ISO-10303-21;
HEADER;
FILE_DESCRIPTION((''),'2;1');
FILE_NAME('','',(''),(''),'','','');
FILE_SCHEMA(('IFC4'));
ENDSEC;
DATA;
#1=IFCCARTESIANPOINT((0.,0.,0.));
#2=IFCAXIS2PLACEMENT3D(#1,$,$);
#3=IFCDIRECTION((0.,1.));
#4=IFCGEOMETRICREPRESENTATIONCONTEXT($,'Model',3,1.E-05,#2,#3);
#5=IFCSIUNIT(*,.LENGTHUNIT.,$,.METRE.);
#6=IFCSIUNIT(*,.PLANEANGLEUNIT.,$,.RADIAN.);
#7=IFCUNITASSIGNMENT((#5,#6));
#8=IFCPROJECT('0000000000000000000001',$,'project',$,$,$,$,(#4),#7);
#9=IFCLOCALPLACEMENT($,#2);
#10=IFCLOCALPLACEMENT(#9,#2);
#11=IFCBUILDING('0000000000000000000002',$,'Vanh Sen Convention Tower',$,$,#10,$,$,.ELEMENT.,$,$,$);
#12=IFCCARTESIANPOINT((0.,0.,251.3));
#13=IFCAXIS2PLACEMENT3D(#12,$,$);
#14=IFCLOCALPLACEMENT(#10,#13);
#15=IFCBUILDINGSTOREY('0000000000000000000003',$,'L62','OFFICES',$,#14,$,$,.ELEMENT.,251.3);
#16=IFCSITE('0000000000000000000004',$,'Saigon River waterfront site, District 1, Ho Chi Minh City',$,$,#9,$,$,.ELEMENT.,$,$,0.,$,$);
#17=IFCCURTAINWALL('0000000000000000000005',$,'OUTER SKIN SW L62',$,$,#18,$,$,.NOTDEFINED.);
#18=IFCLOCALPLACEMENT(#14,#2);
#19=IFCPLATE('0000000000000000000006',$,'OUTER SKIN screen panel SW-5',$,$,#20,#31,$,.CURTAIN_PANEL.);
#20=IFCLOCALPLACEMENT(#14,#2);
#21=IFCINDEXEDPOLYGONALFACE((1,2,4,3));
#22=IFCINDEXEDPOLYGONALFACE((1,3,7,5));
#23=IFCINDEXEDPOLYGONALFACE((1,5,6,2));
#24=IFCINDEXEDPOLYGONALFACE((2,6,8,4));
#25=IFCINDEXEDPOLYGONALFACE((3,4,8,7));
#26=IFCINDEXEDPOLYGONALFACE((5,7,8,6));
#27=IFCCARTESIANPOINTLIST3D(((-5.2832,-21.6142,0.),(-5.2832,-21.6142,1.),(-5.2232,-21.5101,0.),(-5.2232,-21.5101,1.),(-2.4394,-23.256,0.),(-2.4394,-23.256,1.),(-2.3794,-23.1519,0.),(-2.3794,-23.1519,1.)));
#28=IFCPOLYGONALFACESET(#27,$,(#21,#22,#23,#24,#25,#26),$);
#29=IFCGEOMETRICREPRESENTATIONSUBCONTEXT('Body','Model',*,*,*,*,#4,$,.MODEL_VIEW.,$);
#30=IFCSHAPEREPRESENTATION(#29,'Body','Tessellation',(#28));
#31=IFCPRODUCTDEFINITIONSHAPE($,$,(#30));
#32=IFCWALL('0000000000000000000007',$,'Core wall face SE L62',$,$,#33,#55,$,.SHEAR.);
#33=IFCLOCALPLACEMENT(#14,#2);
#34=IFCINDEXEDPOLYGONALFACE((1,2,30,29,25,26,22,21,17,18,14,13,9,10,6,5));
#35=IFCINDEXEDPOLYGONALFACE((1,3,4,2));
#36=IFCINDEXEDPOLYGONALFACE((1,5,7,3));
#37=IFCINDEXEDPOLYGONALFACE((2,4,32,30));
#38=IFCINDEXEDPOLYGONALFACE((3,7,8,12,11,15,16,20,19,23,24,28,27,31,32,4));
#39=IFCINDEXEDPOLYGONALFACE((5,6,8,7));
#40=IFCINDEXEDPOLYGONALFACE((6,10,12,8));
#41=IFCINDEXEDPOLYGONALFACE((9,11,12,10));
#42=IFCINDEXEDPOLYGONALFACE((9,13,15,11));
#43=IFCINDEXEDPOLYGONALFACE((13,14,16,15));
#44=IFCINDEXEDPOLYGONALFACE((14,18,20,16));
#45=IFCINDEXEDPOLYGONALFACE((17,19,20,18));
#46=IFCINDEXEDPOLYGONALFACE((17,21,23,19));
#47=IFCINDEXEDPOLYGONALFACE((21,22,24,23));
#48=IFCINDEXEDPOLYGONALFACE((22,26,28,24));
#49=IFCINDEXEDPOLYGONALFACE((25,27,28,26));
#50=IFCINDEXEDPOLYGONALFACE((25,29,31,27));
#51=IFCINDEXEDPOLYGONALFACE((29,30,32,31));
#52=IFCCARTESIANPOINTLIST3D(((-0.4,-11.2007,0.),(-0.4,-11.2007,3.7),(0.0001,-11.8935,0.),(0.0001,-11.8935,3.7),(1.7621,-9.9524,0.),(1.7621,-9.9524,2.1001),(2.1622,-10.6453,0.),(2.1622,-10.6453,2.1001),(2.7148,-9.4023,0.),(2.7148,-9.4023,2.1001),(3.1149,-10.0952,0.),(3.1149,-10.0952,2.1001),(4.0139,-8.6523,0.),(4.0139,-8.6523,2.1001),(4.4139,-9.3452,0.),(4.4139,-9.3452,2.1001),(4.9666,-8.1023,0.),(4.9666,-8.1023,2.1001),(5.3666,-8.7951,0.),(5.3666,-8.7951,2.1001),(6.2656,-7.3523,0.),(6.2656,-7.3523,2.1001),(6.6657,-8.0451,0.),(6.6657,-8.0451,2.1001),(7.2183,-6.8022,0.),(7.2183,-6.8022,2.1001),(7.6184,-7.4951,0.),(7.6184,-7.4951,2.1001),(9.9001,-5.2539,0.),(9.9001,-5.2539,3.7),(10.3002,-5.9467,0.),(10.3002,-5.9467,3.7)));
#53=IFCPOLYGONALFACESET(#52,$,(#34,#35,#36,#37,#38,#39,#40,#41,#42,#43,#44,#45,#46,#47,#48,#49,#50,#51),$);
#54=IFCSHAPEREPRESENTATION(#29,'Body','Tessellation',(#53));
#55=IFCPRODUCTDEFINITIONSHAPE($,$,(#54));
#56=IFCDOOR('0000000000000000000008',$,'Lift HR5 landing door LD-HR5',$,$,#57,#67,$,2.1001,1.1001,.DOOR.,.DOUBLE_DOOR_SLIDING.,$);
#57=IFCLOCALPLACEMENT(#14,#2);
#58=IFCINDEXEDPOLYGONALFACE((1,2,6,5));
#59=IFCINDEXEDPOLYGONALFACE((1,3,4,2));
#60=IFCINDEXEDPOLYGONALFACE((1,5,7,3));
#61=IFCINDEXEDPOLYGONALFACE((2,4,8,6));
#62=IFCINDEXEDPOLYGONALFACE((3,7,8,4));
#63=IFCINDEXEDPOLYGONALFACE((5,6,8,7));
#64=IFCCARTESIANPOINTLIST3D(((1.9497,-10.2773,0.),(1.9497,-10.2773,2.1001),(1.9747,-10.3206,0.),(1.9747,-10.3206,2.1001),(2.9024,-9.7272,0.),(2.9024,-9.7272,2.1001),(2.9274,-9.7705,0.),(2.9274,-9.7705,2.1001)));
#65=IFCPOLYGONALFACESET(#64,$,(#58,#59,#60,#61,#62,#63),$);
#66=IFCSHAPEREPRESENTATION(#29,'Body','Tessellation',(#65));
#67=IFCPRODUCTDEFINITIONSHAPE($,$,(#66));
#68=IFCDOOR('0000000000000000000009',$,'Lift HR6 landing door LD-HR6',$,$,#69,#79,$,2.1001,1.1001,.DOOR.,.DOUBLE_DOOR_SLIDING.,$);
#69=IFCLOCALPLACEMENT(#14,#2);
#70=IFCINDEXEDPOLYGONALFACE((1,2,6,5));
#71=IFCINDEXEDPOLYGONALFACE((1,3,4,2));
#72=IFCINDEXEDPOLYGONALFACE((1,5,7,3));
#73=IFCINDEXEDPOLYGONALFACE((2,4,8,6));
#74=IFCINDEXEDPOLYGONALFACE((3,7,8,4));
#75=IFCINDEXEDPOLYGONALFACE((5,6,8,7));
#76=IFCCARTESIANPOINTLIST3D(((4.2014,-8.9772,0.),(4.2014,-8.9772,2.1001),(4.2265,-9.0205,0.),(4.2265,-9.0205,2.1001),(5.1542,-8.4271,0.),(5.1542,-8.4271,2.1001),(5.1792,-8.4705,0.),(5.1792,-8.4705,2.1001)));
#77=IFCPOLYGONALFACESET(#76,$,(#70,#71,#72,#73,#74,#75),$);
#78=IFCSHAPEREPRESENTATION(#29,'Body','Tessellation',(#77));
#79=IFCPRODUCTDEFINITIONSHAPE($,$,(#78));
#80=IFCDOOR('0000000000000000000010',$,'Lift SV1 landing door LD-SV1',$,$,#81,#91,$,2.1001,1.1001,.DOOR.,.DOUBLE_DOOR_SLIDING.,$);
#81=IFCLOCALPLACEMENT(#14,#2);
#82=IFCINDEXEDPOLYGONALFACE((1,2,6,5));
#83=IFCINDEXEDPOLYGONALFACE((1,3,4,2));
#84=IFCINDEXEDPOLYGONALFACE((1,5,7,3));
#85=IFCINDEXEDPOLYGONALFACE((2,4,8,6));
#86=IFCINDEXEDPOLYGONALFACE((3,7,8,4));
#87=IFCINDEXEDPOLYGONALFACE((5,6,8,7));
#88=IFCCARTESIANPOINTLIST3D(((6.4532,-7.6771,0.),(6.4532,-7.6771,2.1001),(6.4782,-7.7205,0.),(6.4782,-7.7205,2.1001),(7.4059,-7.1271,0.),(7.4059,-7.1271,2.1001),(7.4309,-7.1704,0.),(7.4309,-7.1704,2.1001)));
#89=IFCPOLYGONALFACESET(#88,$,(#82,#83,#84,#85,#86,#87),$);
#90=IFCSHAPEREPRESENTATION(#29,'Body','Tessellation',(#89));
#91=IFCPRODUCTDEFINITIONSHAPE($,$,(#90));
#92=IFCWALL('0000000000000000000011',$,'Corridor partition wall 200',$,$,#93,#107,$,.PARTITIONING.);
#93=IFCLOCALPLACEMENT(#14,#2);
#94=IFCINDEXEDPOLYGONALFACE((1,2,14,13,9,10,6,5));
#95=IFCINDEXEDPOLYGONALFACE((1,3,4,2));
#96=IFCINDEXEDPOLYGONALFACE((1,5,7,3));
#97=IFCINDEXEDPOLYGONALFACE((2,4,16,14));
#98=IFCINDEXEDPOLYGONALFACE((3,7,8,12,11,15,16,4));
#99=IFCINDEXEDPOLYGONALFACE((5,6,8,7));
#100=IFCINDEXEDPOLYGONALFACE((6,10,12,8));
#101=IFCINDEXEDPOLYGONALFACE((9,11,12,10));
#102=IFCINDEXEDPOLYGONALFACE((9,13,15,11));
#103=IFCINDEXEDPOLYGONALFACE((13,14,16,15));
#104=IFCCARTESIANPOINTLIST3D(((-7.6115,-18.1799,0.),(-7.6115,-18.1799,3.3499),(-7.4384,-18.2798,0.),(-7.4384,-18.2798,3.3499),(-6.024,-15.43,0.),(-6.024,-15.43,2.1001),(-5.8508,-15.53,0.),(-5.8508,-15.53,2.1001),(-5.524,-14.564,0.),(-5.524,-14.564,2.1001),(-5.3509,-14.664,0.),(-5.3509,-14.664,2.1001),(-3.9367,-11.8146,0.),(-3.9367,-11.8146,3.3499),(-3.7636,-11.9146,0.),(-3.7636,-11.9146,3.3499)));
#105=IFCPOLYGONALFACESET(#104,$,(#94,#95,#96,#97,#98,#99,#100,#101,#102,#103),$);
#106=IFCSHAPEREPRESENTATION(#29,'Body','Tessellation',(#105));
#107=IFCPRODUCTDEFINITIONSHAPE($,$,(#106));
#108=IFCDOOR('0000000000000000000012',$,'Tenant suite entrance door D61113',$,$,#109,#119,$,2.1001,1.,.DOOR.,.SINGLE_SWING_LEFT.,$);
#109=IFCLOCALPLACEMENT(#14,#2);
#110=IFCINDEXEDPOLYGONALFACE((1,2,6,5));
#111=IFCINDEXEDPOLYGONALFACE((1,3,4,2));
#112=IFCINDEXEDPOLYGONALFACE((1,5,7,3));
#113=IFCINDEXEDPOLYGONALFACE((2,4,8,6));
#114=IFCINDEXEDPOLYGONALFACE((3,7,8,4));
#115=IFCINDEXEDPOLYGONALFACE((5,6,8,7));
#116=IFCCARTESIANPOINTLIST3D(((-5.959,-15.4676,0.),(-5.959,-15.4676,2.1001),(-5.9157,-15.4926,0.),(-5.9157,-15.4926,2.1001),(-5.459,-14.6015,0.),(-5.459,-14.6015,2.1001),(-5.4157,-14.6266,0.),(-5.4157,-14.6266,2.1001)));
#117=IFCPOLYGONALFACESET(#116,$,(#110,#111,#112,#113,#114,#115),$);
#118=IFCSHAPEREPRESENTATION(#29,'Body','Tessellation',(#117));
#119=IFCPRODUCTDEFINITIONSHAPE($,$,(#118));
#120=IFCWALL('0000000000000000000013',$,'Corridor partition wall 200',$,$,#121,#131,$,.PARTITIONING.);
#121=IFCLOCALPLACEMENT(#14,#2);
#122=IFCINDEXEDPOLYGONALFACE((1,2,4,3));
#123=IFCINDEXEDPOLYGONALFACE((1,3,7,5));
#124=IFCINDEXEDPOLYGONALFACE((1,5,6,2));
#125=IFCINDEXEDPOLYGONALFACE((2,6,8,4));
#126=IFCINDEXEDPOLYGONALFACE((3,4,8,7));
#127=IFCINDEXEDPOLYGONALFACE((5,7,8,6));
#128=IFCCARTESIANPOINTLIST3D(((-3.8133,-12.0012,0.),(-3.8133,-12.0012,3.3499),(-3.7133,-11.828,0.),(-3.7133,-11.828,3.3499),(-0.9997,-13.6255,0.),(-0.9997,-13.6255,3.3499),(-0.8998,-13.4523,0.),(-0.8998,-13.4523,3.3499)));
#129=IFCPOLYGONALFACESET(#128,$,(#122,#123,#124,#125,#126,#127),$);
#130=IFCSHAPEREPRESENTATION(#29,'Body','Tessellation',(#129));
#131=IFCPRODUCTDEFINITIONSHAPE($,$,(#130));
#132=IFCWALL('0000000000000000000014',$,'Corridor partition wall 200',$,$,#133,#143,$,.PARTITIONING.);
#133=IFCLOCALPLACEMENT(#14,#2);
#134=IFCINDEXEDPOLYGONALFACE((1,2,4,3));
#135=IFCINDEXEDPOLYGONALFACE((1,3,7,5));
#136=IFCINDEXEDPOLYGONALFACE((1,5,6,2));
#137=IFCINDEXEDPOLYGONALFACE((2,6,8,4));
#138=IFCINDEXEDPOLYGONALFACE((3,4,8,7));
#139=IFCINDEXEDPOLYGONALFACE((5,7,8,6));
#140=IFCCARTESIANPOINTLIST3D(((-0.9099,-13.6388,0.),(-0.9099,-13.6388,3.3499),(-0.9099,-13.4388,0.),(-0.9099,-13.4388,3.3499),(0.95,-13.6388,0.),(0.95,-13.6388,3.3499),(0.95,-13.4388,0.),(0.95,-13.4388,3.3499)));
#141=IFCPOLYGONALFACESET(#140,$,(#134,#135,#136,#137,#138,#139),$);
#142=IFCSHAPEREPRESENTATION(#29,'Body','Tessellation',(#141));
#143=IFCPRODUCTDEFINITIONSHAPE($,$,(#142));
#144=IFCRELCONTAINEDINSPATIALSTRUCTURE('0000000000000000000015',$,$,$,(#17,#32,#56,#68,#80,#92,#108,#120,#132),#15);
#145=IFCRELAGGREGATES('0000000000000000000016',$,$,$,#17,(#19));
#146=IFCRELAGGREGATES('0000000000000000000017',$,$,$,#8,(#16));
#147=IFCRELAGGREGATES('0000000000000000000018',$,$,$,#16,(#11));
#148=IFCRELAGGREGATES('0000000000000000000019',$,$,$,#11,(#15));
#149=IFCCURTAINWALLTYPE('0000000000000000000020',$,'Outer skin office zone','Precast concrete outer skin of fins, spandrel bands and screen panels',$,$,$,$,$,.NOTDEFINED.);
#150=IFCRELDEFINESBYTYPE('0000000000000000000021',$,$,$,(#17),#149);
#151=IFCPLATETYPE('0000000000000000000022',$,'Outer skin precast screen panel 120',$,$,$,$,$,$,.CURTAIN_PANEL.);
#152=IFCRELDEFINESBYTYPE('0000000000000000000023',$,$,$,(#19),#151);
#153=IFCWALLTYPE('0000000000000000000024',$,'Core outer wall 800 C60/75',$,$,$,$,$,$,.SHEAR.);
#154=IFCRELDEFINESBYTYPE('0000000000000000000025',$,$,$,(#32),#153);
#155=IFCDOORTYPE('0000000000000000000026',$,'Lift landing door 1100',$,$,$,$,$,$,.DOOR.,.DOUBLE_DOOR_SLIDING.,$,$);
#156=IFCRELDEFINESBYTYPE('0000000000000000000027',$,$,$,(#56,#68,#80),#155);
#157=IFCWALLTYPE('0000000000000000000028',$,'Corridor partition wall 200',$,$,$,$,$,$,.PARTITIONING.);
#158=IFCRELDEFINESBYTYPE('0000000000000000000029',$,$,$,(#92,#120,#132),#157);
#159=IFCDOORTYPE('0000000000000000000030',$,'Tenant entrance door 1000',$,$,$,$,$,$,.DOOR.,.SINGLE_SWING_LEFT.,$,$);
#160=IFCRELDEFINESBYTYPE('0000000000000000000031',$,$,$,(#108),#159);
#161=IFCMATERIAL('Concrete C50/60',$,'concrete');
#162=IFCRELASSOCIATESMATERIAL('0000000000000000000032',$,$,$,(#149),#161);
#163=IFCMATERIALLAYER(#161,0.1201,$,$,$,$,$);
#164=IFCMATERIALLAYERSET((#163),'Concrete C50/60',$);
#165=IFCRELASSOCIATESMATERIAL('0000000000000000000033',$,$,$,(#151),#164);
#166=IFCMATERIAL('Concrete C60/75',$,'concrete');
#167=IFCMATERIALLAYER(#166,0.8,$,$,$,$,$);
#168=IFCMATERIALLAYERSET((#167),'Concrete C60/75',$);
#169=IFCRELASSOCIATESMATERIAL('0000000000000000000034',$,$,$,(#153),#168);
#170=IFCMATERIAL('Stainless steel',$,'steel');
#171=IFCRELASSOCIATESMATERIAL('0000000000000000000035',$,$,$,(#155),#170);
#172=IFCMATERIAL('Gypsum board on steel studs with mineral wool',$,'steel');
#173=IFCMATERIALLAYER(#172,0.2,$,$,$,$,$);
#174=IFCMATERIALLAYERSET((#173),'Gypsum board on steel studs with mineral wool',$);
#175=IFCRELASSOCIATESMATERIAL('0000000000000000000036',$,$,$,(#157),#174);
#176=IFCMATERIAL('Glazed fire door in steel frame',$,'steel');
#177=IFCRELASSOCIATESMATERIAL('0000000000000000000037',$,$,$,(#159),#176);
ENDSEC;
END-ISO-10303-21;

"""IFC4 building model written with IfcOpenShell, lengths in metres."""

from ifc_helpers import new_model, si_unit, direction, frame, frame_2d, origin, origin_2d, place, context, subcontext, project, spatial, rectangle, extrude, material, layer, layer_set, type_object, element, fill, aggregate, save


model = new_model("IFC4")

# Units and contexts
model_context = context("Model", 3, precision=1e-05, world=origin(), true_north=direction((0.0, 1.0)))
body_context = subcontext(model_context, "Body", "Model", "MODEL_VIEW")
ifc_project = project(units=[si_unit("LENGTHUNIT", "METRE"), si_unit("PLANEANGLEUNIT", "RADIAN")], contexts=[model_context])

# Site, building, storey
site_placement = place(None, origin())
site = spatial("IfcSite", under=ifc_project, at=site_placement, Name="Saigon River waterfront site, District 1, Ho Chi Minh City", CompositionType="ELEMENT", RefElevation=0.0)
building_placement = place(site_placement, origin())
building = spatial("IfcBuilding", under=site, at=building_placement, Name="Vanh Sen Convention Tower", CompositionType="ELEMENT")
storey_placement = place(building_placement, frame((0.0, 0.0, 251.3)))
storey = spatial("IfcBuildingStorey", under=building, at=storey_placement, Name="L62", Description="OFFICES", CompositionType="ELEMENT", Elevation=251.3)

# Shared definitions
ifc_material_1 = material(Name="Concrete C60/75", Category="concrete")

# Curtain wall
ifc_material_2 = material(Name="Concrete C50/60", Category="concrete")
curtain_wall_type = type_object("IfcCurtainWallType", Name="Outer skin office zone", Description="Precast concrete outer skin of fins, spandrel bands and screen panels", PredefinedType="NOTDEFINED", material=ifc_material_2)
curtain_wall_1_placement = place(storey_placement, origin())
curtain_wall_1 = element("IfcCurtainWall", 1, at=curtain_wall_1_placement, inside=storey, type_object=curtain_wall_type, Name="OUTER SKIN SW L62", PredefinedType="NOTDEFINED")

# Plate
ifc_layer_1 = layer(ifc_material_2, 0.1201)
ifc_layer_set_1 = layer_set([ifc_layer_1], Name="Concrete C50/60")
plate_type = type_object("IfcPlateType", Name="Outer skin precast screen panel 120", PredefinedType="CURTAIN_PANEL", material=ifc_layer_set_1)
plate_1_placement = place(storey_placement, frame((-3.8313, -22.3831, 0.0), z_axis=(0.0, 0.0, 1.0), x_axis=(0.866033, -0.499986, 0.0)))
plate_1 = element("IfcPlate", 2, at=plate_1_placement, type_object=plate_type, Name="OUTER SKIN screen panel SW-5", PredefinedType="CURTAIN_PANEL", context=body_context, shape_type="SweptSolid", body=[
    extrude(rectangle(XDim=3.2837, YDim=0.1201, at=origin_2d()), origin(), (0.0, 0.0, 1.0), 1.0),
])
aggregate(curtain_wall_1, [plate_1])

# Wall, openings, doors
ifc_layer_2 = layer(ifc_material_1, 0.8)
ifc_layer_set_2 = layer_set([ifc_layer_2], Name="Concrete C60/75")
wall_type_1 = type_object("IfcWallType", Name="Core outer wall 800 C60/75", PredefinedType="SHEAR", material=ifc_layer_set_2)
wall_1_placement = place(storey_placement, frame((-0.2, -11.5471, 0.0), z_axis=(0.0, 0.0, 1.0), x_axis=(0.866024, 0.500003, 0.0)))
wall_1 = element("IfcWall", 3, at=wall_1_placement, inside=storey, type_object=wall_type_1, Name="Core wall face SE L62", PredefinedType="SHEAR", context=body_context, shape_type="SweptSolid", body=[
    extrude(rectangle(XDim=11.8936, YDim=0.8, at=frame_2d((5.9468, 0.0))), origin(), (0.0, 0.0, 1.0), 3.7),
])
opening_1_placement = place(wall_1_placement, frame((2.4966, 0.0, 0.0)))
opening_1 = element("IfcOpeningElement", 4, at=opening_1_placement, cuts=wall_1, PredefinedType="OPENING", context=body_context, shape_type="SweptSolid", body=[
    extrude(rectangle(XDim=1.1001, YDim=2.1001, at=frame_2d((0.55, 1.05))), frame((0.0, 0.4099, 0.0), z_axis=(0.0, -1.0, 0.0), x_axis=(1.0, 0.0, 0.0)), (0.0, 0.0, 1.0), 0.8201),
])
opening_2_placement = place(wall_1_placement, frame((5.0967, 0.0, 0.0)))
opening_2 = element("IfcOpeningElement", 5, at=opening_2_placement, cuts=wall_1, PredefinedType="OPENING", context=body_context, shape_type="SweptSolid", body=[
    extrude(rectangle(XDim=1.1001, YDim=2.1001, at=frame_2d((0.55, 1.05))), frame((0.0, 0.4099, 0.0), z_axis=(0.0, -1.0, 0.0), x_axis=(1.0, 0.0, 0.0)), (0.0, 0.0, 1.0), 0.8201),
])
opening_3_placement = place(wall_1_placement, frame((7.6968, 0.0, 0.0)))
opening_3 = element("IfcOpeningElement", 6, at=opening_3_placement, cuts=wall_1, PredefinedType="OPENING", context=body_context, shape_type="SweptSolid", body=[
    extrude(rectangle(XDim=1.1001, YDim=2.1001, at=frame_2d((0.55, 1.05))), frame((0.0, 0.4099, 0.0), z_axis=(0.0, -1.0, 0.0), x_axis=(1.0, 0.0, 0.0)), (0.0, 0.0, 1.0), 0.8201),
])
ifc_material_3 = material(Name="Stainless steel", Category="steel")
door_type_1 = type_object("IfcDoorType", Name="Lift landing door 1100", OperationType="DOUBLE_DOOR_SLIDING", PredefinedType="DOOR", material=ifc_material_3)
door_1_placement = place(opening_1_placement, origin())
door_1 = element("IfcDoor", 7, at=door_1_placement, inside=storey, type_object=door_type_1, Name="Lift HR5 landing door LD-HR5", OperationType="DOUBLE_DOOR_SLIDING", OverallHeight=2.1001, OverallWidth=1.1001, PredefinedType="DOOR", context=body_context, shape_type="SweptSolid", body=[
    extrude(rectangle(XDim=1.1001, YDim=2.1001, at=frame_2d((0.55, 1.05))), frame((0.0, 0.0249, 0.0), z_axis=(0.0, -1.0, 0.0), x_axis=(1.0, 0.0, 0.0)), (0.0, 0.0, 1.0), 0.05),
])
fill(opening_1, door_1)
door_2_placement = place(opening_2_placement, origin())
door_2 = element("IfcDoor", 8, at=door_2_placement, inside=storey, type_object=door_type_1, Name="Lift HR6 landing door LD-HR6", OperationType="DOUBLE_DOOR_SLIDING", OverallHeight=2.1001, OverallWidth=1.1001, PredefinedType="DOOR", context=body_context, shape_type="SweptSolid", body=[
    extrude(rectangle(XDim=1.1001, YDim=2.1001, at=frame_2d((0.55, 1.05))), frame((0.0, 0.0249, 0.0), z_axis=(0.0, -1.0, 0.0), x_axis=(1.0, 0.0, 0.0)), (0.0, 0.0, 1.0), 0.05),
])
fill(opening_2, door_2)
door_3_placement = place(opening_3_placement, origin())
door_3 = element("IfcDoor", 9, at=door_3_placement, inside=storey, type_object=door_type_1, Name="Lift SV1 landing door LD-SV1", OperationType="DOUBLE_DOOR_SLIDING", OverallHeight=2.1001, OverallWidth=1.1001, PredefinedType="DOOR", context=body_context, shape_type="SweptSolid", body=[
    extrude(rectangle(XDim=1.1001, YDim=2.1001, at=frame_2d((0.55, 1.05))), frame((0.0, 0.0249, 0.0), z_axis=(0.0, -1.0, 0.0), x_axis=(1.0, 0.0, 0.0)), (0.0, 0.0, 1.0), 0.05),
])
fill(opening_3, door_3)

# Wall, opening, door
ifc_material_4 = material(Name="Gypsum board on steel studs with mineral wool", Category="steel")
ifc_layer_3 = layer(ifc_material_4, 0.2)
ifc_layer_set_3 = layer_set([ifc_layer_3], Name="Gypsum board on steel studs with mineral wool")
wall_type_2 = type_object("IfcWallType", Name="Corridor partition wall 200", PredefinedType="PARTITIONING", material=ifc_layer_set_3)
wall_2_placement = place(storey_placement, frame((-7.5249, -18.2297, 0.0), z_axis=(0.0, 0.0, 1.0), x_axis=(0.499983, 0.866035, 0.0)))
wall_2 = element("IfcWall", 10, at=wall_2_placement, inside=storey, type_object=wall_type_2, Name="Corridor partition wall 200", PredefinedType="PARTITIONING", context=body_context, shape_type="SweptSolid", body=[
    extrude(rectangle(XDim=7.3499, YDim=0.2, at=frame_2d((3.6748, 0.0))), origin(), (0.0, 0.0, 1.0), 3.3499),
])
opening_4_placement = place(wall_2_placement, frame((3.175, 0.0, 0.0)))
opening_4 = element("IfcOpeningElement", 11, at=opening_4_placement, cuts=wall_2, PredefinedType="OPENING", context=body_context, shape_type="SweptSolid", body=[
    extrude(rectangle(XDim=1.0, YDim=2.1001, at=frame_2d((0.5, 1.05))), frame((0.0, 0.1099, 0.0), z_axis=(0.0, -1.0, 0.0), x_axis=(1.0, 0.0, 0.0)), (0.0, 0.0, 1.0), 0.22),
])
ifc_material_5 = material(Name="Glazed fire door in steel frame", Category="steel")
door_type_2 = type_object("IfcDoorType", Name="Tenant entrance door 1000", OperationType="SINGLE_SWING_LEFT", PredefinedType="DOOR", material=ifc_material_5)
door_4_placement = place(opening_4_placement, origin())
door_4 = element("IfcDoor", 12, at=door_4_placement, inside=storey, type_object=door_type_2, Name="Tenant suite entrance door D61113", OperationType="SINGLE_SWING_LEFT", OverallHeight=2.1001, OverallWidth=1.0, PredefinedType="DOOR", context=body_context, shape_type="SweptSolid", body=[
    extrude(rectangle(XDim=1.0, YDim=2.1001, at=frame_2d((0.5, 1.05))), frame((0.0, 0.0249, 0.0), z_axis=(0.0, -1.0, 0.0), x_axis=(1.0, 0.0, 0.0)), (0.0, 0.0, 1.0), 0.05),
])
fill(opening_4, door_4)

# Walls
wall_3_placement = place(storey_placement, frame((-3.7634, -11.9146, 0.0), z_axis=(0.0, 0.0, 1.0), x_axis=(0.866038, -0.499978, 0.0)))
element("IfcWall", 13, at=wall_3_placement, inside=storey, type_object=wall_type_2, Name="Corridor partition wall 200", PredefinedType="PARTITIONING", context=body_context, shape_type="SweptSolid", body=[
    extrude(rectangle(XDim=3.2488, YDim=0.2, at=frame_2d((1.6245, 0.0))), origin(), (0.0, 0.0, 1.0), 3.3499),
])
wall_4_placement = place(storey_placement, frame((-0.9099, -13.5388, 0.0), z_axis=(0.0, 0.0, 1.0), x_axis=(1.0, 0.0, 0.0)))
element("IfcWall", 14, at=wall_4_placement, inside=storey, type_object=wall_type_2, Name="Corridor partition wall 200", PredefinedType="PARTITIONING", context=body_context, shape_type="SweptSolid", body=[
    extrude(rectangle(XDim=1.8599, YDim=0.2, at=frame_2d((0.9299, 0.0))), origin(), (0.0, 0.0, 1.0), 3.3499),
])

save(model, "model.ifc")
